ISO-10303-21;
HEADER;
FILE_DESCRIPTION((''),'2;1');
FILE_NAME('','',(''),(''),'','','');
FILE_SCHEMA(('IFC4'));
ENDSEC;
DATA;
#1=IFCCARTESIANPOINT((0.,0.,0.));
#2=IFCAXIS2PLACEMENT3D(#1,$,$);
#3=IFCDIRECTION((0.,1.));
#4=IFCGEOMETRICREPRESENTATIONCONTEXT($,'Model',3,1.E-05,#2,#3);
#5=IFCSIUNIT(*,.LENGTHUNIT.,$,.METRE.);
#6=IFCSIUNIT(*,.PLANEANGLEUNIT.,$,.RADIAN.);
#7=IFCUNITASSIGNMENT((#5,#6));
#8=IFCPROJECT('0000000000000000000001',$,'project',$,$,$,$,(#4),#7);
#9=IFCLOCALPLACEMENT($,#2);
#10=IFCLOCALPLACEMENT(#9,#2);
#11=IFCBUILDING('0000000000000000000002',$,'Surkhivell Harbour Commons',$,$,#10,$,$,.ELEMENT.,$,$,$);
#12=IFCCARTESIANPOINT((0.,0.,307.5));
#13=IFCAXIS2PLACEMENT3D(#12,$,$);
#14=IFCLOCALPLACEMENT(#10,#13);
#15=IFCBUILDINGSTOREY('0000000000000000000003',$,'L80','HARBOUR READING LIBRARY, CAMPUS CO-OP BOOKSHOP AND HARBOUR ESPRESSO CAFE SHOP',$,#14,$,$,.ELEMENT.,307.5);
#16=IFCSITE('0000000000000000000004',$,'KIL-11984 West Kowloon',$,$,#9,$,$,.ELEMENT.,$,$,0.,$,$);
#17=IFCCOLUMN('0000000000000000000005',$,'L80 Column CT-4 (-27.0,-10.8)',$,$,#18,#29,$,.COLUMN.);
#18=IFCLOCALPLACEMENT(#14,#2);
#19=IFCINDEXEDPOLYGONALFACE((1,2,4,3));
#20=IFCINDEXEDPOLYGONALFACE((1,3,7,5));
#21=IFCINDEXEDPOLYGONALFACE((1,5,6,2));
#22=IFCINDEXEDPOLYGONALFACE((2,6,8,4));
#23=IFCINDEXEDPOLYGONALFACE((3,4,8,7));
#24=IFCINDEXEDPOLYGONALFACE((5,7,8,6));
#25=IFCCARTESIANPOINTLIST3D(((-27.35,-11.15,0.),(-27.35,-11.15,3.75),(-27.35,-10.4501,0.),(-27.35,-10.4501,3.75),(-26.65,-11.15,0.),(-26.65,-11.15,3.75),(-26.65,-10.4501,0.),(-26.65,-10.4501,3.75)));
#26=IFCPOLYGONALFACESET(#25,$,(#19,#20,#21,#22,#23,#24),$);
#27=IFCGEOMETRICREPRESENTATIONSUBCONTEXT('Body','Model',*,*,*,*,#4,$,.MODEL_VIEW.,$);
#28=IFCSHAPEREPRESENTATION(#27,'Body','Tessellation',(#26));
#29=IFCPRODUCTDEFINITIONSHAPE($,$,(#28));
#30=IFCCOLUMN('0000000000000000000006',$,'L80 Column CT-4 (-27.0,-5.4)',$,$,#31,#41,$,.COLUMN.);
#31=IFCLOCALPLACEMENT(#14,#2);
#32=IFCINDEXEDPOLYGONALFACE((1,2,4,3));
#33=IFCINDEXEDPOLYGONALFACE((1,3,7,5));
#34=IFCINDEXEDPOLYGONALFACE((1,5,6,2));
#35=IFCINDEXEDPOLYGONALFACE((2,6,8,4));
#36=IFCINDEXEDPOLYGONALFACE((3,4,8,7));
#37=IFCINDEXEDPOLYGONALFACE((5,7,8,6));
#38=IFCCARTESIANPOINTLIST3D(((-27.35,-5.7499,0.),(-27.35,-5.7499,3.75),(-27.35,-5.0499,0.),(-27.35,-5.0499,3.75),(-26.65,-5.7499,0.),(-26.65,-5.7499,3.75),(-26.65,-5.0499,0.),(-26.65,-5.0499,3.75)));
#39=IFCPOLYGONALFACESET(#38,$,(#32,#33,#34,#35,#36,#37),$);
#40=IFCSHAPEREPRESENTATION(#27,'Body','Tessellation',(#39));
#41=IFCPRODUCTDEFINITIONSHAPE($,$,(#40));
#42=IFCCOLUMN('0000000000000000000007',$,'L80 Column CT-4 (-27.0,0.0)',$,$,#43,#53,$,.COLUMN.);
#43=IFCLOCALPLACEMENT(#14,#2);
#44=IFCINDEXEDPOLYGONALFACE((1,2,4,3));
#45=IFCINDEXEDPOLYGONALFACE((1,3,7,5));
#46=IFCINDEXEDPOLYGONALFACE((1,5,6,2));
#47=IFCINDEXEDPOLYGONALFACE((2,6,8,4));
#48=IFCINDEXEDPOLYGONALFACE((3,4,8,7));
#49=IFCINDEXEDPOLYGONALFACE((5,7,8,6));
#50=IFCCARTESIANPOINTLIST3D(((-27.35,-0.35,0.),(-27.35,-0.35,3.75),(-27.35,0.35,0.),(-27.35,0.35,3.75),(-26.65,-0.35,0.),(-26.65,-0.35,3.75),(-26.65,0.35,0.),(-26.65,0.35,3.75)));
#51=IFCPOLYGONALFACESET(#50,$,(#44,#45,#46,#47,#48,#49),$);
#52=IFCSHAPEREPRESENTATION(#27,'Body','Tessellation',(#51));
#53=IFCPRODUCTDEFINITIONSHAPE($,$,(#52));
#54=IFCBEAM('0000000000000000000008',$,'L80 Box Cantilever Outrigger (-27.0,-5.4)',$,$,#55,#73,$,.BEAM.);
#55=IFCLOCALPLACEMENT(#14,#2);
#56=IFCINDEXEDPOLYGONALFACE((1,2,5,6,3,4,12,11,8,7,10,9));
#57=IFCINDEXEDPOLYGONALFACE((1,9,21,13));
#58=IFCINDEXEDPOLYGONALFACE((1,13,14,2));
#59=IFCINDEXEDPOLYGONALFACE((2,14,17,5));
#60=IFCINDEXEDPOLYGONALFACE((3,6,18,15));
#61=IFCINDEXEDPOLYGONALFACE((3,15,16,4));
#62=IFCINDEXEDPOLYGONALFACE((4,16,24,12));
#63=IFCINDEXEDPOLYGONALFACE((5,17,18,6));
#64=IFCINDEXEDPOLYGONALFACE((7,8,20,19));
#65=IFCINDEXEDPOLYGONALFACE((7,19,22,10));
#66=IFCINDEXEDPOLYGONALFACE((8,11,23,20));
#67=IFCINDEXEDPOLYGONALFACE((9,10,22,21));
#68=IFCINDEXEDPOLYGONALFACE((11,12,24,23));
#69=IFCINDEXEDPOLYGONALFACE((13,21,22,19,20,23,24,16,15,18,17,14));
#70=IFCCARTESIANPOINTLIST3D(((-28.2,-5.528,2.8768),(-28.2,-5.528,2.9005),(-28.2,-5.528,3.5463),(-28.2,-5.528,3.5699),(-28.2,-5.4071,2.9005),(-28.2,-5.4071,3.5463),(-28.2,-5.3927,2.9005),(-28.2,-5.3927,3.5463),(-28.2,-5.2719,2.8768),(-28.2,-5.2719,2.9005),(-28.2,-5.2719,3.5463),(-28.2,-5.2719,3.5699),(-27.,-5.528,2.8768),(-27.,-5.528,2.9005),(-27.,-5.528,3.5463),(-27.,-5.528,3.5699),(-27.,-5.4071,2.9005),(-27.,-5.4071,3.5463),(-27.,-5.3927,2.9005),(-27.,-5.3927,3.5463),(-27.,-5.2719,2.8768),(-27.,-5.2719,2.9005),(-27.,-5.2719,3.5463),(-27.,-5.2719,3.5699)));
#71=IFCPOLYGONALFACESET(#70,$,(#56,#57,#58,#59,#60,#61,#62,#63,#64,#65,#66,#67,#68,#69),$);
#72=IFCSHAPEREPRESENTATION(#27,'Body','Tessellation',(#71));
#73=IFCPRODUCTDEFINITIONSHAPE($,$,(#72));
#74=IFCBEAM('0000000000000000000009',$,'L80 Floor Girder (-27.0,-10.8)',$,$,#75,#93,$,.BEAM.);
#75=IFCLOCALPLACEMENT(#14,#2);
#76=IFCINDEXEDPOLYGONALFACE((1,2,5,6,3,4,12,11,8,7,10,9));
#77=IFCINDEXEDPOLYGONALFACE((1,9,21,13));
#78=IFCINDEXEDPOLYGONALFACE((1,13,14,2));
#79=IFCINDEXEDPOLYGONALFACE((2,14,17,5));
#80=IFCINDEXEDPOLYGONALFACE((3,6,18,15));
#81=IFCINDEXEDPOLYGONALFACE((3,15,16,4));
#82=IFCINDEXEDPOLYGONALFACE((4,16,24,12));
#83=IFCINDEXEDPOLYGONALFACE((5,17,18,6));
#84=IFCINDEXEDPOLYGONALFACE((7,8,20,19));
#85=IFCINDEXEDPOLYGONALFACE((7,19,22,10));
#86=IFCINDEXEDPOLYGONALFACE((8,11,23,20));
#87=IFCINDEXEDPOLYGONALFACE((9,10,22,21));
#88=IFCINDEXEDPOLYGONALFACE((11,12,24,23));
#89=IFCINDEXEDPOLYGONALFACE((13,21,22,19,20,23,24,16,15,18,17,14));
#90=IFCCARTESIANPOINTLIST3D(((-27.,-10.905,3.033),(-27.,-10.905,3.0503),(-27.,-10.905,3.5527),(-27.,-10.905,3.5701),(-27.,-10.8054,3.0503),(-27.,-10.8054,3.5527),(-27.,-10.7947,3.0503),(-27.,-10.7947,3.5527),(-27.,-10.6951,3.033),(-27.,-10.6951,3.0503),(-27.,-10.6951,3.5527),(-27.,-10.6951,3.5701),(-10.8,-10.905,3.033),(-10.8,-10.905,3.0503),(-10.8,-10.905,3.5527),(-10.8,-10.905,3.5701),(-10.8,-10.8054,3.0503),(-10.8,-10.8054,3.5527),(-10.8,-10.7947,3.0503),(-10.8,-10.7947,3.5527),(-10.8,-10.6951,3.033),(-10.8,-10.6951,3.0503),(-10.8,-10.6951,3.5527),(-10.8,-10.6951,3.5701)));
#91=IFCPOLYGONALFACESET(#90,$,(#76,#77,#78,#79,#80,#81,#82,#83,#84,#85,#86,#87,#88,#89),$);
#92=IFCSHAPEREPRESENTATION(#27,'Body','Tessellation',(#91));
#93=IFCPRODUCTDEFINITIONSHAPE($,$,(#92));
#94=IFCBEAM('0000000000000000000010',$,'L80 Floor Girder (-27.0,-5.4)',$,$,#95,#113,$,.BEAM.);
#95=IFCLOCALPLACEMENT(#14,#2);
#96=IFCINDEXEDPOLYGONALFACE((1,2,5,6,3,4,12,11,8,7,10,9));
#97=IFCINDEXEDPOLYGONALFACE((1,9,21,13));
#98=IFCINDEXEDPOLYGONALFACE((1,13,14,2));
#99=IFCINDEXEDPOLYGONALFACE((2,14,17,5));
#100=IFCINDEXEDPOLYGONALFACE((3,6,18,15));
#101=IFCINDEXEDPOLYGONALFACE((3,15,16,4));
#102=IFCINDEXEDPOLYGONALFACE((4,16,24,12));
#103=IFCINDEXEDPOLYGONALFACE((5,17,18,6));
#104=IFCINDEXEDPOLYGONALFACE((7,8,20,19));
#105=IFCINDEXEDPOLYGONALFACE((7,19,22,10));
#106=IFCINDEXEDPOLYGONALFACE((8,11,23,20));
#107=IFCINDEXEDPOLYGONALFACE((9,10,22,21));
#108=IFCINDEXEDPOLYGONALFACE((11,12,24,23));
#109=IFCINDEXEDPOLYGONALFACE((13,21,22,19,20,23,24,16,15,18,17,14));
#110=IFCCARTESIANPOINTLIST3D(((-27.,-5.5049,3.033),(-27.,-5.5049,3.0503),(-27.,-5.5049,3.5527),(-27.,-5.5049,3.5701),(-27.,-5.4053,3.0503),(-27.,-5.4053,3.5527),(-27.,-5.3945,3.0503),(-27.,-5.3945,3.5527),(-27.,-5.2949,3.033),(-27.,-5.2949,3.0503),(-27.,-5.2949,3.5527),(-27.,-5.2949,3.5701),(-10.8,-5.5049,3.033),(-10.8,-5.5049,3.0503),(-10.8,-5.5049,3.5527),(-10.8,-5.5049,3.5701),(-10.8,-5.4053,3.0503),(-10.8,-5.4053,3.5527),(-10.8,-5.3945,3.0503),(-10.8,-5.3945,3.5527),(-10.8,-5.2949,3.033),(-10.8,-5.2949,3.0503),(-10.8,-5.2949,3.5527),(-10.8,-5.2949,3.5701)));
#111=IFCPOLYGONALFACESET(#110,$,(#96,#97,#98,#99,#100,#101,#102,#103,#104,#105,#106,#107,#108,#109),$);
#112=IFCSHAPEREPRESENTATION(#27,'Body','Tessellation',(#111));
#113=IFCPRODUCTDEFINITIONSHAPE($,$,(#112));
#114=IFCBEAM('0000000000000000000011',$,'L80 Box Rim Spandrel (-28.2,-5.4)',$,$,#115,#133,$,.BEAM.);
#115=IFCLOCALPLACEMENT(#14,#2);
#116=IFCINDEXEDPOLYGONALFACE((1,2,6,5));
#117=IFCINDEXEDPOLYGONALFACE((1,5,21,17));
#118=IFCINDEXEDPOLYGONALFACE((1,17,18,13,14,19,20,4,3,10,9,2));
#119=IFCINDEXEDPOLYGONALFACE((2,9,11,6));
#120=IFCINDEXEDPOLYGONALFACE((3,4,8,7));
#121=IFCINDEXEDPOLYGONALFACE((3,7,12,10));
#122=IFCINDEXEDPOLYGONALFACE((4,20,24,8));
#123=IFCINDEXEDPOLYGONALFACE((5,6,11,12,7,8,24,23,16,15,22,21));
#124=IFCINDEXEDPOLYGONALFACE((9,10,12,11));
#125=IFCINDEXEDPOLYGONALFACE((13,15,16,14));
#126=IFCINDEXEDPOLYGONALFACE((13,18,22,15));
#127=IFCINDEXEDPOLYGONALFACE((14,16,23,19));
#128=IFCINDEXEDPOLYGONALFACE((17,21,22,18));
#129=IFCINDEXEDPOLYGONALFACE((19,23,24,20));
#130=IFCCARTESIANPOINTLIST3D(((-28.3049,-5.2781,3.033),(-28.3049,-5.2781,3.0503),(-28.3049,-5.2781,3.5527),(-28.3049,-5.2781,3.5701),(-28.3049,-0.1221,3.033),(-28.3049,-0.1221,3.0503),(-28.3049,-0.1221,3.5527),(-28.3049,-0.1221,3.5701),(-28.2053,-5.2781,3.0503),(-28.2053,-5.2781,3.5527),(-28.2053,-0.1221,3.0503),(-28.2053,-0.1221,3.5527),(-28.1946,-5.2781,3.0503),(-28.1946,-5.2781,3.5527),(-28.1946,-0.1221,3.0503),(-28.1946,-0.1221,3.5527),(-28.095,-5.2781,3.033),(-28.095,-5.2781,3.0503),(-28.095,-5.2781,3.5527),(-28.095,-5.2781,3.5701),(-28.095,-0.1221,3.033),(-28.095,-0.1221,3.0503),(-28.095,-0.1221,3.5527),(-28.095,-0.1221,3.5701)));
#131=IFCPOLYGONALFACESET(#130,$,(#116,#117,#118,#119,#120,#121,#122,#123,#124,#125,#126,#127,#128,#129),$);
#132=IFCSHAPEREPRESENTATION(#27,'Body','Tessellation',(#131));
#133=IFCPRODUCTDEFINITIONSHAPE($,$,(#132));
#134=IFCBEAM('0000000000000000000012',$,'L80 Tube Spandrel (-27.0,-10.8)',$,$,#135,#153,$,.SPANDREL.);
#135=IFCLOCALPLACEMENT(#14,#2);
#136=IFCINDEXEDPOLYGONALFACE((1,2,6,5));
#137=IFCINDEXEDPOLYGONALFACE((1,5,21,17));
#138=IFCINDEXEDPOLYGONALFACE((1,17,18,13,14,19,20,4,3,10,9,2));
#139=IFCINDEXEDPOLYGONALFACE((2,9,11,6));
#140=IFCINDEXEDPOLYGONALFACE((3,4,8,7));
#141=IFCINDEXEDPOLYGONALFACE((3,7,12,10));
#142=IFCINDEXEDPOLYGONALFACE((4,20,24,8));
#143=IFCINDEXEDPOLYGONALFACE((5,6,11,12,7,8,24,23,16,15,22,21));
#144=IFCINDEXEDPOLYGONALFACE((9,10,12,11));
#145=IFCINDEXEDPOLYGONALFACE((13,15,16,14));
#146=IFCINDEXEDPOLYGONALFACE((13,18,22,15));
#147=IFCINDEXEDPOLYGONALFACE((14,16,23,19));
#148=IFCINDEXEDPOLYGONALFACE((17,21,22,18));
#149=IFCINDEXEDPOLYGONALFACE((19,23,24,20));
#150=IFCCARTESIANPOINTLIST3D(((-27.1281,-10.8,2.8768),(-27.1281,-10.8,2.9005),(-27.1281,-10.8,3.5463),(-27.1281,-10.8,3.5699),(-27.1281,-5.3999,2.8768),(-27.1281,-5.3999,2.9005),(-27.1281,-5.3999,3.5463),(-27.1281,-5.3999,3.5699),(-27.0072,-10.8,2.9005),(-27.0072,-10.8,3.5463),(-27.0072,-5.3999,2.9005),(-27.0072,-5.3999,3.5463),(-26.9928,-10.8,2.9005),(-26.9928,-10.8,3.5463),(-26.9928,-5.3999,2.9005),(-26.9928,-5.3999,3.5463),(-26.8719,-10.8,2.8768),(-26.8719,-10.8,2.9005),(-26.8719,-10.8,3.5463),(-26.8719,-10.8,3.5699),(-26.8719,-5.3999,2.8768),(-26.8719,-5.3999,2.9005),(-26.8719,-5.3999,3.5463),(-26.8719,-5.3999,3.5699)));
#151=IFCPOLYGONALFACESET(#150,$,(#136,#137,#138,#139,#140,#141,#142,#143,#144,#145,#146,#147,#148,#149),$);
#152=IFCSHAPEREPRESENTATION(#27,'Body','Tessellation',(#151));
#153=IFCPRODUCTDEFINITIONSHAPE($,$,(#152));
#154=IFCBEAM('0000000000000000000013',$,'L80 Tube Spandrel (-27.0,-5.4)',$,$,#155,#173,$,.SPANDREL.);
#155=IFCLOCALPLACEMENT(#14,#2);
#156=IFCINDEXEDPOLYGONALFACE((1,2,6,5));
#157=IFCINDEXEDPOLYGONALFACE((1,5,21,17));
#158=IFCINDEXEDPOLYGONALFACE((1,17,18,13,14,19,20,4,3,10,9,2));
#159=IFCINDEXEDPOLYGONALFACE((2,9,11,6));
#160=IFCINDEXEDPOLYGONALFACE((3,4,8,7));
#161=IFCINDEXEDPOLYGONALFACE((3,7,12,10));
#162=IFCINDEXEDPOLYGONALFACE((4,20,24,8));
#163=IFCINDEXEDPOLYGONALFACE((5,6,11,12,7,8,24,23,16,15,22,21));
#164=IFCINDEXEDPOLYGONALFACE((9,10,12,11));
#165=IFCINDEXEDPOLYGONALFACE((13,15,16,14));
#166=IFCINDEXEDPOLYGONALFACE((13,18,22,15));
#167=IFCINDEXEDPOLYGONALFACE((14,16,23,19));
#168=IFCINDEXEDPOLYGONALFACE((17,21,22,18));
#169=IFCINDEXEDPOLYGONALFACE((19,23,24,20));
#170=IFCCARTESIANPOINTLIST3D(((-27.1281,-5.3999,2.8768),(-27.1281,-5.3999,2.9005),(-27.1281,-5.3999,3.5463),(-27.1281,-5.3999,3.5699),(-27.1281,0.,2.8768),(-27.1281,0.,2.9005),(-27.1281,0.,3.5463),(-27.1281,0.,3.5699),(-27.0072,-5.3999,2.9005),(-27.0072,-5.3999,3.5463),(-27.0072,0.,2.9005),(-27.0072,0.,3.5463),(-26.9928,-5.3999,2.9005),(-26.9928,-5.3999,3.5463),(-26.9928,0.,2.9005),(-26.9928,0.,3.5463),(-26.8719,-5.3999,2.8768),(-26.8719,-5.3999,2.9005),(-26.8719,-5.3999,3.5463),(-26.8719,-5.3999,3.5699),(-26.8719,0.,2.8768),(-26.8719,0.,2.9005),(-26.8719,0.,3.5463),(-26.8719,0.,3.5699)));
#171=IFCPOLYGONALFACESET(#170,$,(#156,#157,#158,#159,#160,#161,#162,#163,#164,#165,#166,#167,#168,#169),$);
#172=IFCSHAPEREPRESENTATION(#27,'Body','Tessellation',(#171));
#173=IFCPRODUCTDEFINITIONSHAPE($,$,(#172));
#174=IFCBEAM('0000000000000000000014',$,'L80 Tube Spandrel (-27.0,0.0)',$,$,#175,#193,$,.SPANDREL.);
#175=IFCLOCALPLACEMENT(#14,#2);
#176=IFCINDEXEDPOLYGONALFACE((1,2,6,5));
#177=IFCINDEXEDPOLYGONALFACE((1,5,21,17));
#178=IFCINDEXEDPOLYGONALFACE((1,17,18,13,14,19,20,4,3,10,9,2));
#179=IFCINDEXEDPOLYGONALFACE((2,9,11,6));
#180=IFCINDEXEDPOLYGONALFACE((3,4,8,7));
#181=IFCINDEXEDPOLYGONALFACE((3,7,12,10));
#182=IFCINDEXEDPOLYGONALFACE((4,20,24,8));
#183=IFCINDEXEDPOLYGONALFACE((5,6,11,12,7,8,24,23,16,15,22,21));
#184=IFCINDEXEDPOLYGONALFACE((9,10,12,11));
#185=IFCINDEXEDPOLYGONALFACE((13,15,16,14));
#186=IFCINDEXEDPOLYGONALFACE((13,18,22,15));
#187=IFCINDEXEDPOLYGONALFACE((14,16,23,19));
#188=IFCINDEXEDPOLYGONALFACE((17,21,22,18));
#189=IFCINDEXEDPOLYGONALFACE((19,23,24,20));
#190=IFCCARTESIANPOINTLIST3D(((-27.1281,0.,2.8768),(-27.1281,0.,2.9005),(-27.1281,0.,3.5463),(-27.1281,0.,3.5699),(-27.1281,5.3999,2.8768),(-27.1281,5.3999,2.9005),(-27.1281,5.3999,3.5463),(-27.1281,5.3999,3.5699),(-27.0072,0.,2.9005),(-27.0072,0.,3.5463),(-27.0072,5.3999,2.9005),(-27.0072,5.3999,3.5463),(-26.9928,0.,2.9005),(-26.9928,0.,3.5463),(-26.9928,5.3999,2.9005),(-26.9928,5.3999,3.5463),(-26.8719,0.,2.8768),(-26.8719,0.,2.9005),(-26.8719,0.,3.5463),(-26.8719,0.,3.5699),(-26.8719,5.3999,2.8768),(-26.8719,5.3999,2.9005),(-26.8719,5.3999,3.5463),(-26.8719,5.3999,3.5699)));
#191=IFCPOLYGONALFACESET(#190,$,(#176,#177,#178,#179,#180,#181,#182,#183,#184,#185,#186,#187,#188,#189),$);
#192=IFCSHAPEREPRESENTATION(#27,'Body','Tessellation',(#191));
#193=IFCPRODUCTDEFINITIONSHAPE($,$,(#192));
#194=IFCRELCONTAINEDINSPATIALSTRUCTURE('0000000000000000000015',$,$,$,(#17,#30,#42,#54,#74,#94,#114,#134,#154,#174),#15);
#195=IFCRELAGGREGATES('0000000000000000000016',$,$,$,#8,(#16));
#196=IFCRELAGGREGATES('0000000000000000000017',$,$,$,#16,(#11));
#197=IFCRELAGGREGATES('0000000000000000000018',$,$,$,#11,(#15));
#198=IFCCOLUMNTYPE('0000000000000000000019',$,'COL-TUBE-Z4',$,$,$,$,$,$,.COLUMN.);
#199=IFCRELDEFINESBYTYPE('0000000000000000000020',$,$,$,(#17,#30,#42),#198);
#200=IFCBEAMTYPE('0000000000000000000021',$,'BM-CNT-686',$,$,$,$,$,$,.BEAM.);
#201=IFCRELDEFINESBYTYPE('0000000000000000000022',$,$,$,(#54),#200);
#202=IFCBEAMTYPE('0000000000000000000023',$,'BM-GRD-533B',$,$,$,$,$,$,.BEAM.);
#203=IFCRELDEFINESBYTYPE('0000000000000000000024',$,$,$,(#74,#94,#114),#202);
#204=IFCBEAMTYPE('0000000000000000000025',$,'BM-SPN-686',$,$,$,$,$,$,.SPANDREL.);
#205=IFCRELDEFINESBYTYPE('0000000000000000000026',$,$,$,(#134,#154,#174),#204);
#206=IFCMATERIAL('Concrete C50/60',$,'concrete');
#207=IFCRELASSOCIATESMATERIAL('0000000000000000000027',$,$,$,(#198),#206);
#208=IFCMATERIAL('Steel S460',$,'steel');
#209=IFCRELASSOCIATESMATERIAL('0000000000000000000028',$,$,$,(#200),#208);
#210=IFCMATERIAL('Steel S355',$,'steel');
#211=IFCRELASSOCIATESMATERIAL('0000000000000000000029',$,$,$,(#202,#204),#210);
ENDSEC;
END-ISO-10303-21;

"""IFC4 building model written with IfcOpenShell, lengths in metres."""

from ifc_helpers import new_model, si_unit, direction, frame, origin, origin_2d, place, context, subcontext, project, spatial, rectangle, i_section, extrude, material, material_profile, profile_set, type_object, element, save


model = new_model("IFC4")

# Units and contexts
model_context = context("Model", 3, precision=1e-05, world=origin(), true_north=direction((0.0, 1.0)))
body_context = subcontext(model_context, "Body", "Model", "MODEL_VIEW")
ifc_project = project(units=[si_unit("LENGTHUNIT", "METRE"), si_unit("PLANEANGLEUNIT", "RADIAN")], contexts=[model_context])

# Site, building, storey
site_placement = place(None, origin())
site = spatial("IfcSite", under=ifc_project, at=site_placement, Name="KIL-11984 West Kowloon", CompositionType="ELEMENT", RefElevation=0.0)
building_placement = place(site_placement, origin())
building = spatial("IfcBuilding", under=site, at=building_placement, Name="Surkhivell Harbour Commons", CompositionType="ELEMENT")
storey_placement = place(building_placement, frame((0.0, 0.0, 307.5)))
storey = spatial("IfcBuildingStorey", under=building, at=storey_placement, Name="L80", Description="HARBOUR READING LIBRARY, CAMPUS CO-OP BOOKSHOP AND HARBOUR ESPRESSO CAFE SHOP", CompositionType="ELEMENT", Elevation=307.5)

# Columns
ifc_material_1 = material(Name="Concrete C50/60", Category="concrete")
ifc_material_profile_1 = material_profile(ifc_material_1, rectangle(XDim=0.7, YDim=0.7, at=origin_2d()), Name="RC-COL-700x700")
ifc_profile_set_1 = profile_set([ifc_material_profile_1], Name="Concrete C50/60")
column_type = type_object("IfcColumnType", Name="COL-TUBE-Z4", PredefinedType="COLUMN", material=ifc_profile_set_1)
for number, where, z_axis, x_axis, name in (
    (1, (-27.0, -10.8, 0.0), (0.0, 0.0, 1.0), (1.0, 0.0, 0.0), "L80 Column CT-4 (-27.0,-10.8)"),
    (2, (-27.0, -5.3999, 0.0), (0.0, 0.0, 1.0), (1.0, 0.0, 0.0), "L80 Column CT-4 (-27.0,-5.4)"),
    (3, (-27.0, 0.0, 0.0), (0.0, 0.0, 1.0), (1.0, 0.0, 0.0), "L80 Column CT-4 (-27.0,0.0)"),
):
    element("IfcColumn", number, at=place(storey_placement, frame(where, z_axis=z_axis, x_axis=x_axis)), inside=storey, type_object=column_type, Name=name, PredefinedType="COLUMN", context=body_context, shape_type="SweptSolid", body=[
        extrude(rectangle(XDim=0.7, YDim=0.7, at=origin_2d()), origin(), (0.0, 0.0, 1.0), 3.75),
    ])

# Beams
ifc_material_2 = material(Name="Steel S460", Category="steel")
ifc_material_profile_2 = material_profile(ifc_material_2, i_section(OverallWidth=0.2561, OverallDepth=0.6931, WebThickness=0.0144, FlangeThickness=0.0237, at=origin_2d()), Name="UB686x254x170")
ifc_profile_set_2 = profile_set([ifc_material_profile_2], Name="Steel S460")
beam_type_1 = type_object("IfcBeamType", Name="BM-CNT-686", PredefinedType="BEAM", material=ifc_profile_set_2)
beam_1_placement = place(storey_placement, frame((-27.0, -5.3999, 3.2234), z_axis=(-1.0, 0.0, 0.0), x_axis=(0.0, -1.0, 0.0)))
element("IfcBeam", 4, at=beam_1_placement, inside=storey, type_object=beam_type_1, Name="L80 Box Cantilever Outrigger (-27.0,-5.4)", PredefinedType="BEAM", context=body_context, shape_type="SweptSolid", body=[
    extrude(i_section(OverallWidth=0.2561, OverallDepth=0.6931, WebThickness=0.0144, FlangeThickness=0.0237, at=origin_2d()), origin(), (0.0, 0.0, 1.0), 1.2),
])
ifc_material_3 = material(Name="Steel S355", Category="steel")
ifc_material_profile_3 = material_profile(ifc_material_3, i_section(OverallWidth=0.21, OverallDepth=0.5371, WebThickness=0.0107, FlangeThickness=0.0173, at=origin_2d()), Name="UB533x210x101")
ifc_profile_set_3 = profile_set([ifc_material_profile_3], Name="Steel S355")
beam_type_2 = type_object("IfcBeamType", Name="BM-GRD-533B", PredefinedType="BEAM", material=ifc_profile_set_3)
for number, where, z_axis, x_axis, name in (
    (5, (-27.0, -10.8, 3.3015), (1.0, 0.0, 0.0), (0.0, 1.0, 0.0), "L80 Floor Girder (-27.0,-10.8)"),
    (6, (-27.0, -5.3999, 3.3015), (1.0, 0.0, 0.0), (0.0, 1.0, 0.0), "L80 Floor Girder (-27.0,-5.4)"),
):
    element("IfcBeam", number, at=place(storey_placement, frame(where, z_axis=z_axis, x_axis=x_axis)), inside=storey, type_object=beam_type_2, Name=name, PredefinedType="BEAM", context=body_context, shape_type="SweptSolid", body=[
        extrude(i_section(OverallWidth=0.21, OverallDepth=0.5371, WebThickness=0.0107, FlangeThickness=0.0173, at=origin_2d()), origin(), (0.0, 0.0, 1.0), 16.2),
    ])
beam_2_placement = place(storey_placement, frame((-28.2, -5.2781, 3.3015), z_axis=(0.0, 1.0, 0.0), x_axis=(-1.0, 0.0, 0.0)))
element("IfcBeam", 7, at=beam_2_placement, inside=storey, type_object=beam_type_2, Name="L80 Box Rim Spandrel (-28.2,-5.4)", PredefinedType="BEAM", context=body_context, shape_type="SweptSolid", body=[
    extrude(i_section(OverallWidth=0.21, OverallDepth=0.5371, WebThickness=0.0107, FlangeThickness=0.0173, at=origin_2d()), origin(), (0.0, 0.0, 1.0), 5.156),
])
ifc_material_profile_4 = material_profile(ifc_material_3, i_section(OverallWidth=0.2561, OverallDepth=0.6931, WebThickness=0.0144, FlangeThickness=0.0237, at=origin_2d()), Name="UB686x254x170")
ifc_profile_set_4 = profile_set([ifc_material_profile_4], Name="Steel S355")
beam_type_3 = type_object("IfcBeamType", Name="BM-SPN-686", PredefinedType="SPANDREL", material=ifc_profile_set_4)
beam_3_placement = place(storey_placement, frame((-27.0, -10.8, 3.2234), z_axis=(0.0, 1.0, 0.0), x_axis=(-1.0, 0.0, 0.0)))
element("IfcBeam", 8, at=beam_3_placement, inside=storey, type_object=beam_type_3, Name="L80 Tube Spandrel (-27.0,-10.8)", PredefinedType="SPANDREL", context=body_context, shape_type="SweptSolid", body=[
    extrude(i_section(OverallWidth=0.2561, OverallDepth=0.6931, WebThickness=0.0144, FlangeThickness=0.0237, at=origin_2d()), origin(), (0.0, 0.0, 1.0), 5.4001),
])
for number, where, z_axis, x_axis, name in (
    (9, (-27.0, -5.3999, 3.2234), (0.0, 1.0, 0.0), (-1.0, 0.0, 0.0), "L80 Tube Spandrel (-27.0,-5.4)"),
    (10, (-27.0, 0.0, 3.2234), (0.0, 1.0, 0.0), (-1.0, 0.0, 0.0), "L80 Tube Spandrel (-27.0,0.0)"),
):
    element("IfcBeam", number, at=place(storey_placement, frame(where, z_axis=z_axis, x_axis=x_axis)), inside=storey, type_object=beam_type_3, Name=name, PredefinedType="SPANDREL", context=body_context, shape_type="SweptSolid", body=[
        extrude(i_section(OverallWidth=0.2561, OverallDepth=0.6931, WebThickness=0.0144, FlangeThickness=0.0237, at=origin_2d()), origin(), (0.0, 0.0, 1.0), 5.3999),
    ])

save(model, "model.ifc")
